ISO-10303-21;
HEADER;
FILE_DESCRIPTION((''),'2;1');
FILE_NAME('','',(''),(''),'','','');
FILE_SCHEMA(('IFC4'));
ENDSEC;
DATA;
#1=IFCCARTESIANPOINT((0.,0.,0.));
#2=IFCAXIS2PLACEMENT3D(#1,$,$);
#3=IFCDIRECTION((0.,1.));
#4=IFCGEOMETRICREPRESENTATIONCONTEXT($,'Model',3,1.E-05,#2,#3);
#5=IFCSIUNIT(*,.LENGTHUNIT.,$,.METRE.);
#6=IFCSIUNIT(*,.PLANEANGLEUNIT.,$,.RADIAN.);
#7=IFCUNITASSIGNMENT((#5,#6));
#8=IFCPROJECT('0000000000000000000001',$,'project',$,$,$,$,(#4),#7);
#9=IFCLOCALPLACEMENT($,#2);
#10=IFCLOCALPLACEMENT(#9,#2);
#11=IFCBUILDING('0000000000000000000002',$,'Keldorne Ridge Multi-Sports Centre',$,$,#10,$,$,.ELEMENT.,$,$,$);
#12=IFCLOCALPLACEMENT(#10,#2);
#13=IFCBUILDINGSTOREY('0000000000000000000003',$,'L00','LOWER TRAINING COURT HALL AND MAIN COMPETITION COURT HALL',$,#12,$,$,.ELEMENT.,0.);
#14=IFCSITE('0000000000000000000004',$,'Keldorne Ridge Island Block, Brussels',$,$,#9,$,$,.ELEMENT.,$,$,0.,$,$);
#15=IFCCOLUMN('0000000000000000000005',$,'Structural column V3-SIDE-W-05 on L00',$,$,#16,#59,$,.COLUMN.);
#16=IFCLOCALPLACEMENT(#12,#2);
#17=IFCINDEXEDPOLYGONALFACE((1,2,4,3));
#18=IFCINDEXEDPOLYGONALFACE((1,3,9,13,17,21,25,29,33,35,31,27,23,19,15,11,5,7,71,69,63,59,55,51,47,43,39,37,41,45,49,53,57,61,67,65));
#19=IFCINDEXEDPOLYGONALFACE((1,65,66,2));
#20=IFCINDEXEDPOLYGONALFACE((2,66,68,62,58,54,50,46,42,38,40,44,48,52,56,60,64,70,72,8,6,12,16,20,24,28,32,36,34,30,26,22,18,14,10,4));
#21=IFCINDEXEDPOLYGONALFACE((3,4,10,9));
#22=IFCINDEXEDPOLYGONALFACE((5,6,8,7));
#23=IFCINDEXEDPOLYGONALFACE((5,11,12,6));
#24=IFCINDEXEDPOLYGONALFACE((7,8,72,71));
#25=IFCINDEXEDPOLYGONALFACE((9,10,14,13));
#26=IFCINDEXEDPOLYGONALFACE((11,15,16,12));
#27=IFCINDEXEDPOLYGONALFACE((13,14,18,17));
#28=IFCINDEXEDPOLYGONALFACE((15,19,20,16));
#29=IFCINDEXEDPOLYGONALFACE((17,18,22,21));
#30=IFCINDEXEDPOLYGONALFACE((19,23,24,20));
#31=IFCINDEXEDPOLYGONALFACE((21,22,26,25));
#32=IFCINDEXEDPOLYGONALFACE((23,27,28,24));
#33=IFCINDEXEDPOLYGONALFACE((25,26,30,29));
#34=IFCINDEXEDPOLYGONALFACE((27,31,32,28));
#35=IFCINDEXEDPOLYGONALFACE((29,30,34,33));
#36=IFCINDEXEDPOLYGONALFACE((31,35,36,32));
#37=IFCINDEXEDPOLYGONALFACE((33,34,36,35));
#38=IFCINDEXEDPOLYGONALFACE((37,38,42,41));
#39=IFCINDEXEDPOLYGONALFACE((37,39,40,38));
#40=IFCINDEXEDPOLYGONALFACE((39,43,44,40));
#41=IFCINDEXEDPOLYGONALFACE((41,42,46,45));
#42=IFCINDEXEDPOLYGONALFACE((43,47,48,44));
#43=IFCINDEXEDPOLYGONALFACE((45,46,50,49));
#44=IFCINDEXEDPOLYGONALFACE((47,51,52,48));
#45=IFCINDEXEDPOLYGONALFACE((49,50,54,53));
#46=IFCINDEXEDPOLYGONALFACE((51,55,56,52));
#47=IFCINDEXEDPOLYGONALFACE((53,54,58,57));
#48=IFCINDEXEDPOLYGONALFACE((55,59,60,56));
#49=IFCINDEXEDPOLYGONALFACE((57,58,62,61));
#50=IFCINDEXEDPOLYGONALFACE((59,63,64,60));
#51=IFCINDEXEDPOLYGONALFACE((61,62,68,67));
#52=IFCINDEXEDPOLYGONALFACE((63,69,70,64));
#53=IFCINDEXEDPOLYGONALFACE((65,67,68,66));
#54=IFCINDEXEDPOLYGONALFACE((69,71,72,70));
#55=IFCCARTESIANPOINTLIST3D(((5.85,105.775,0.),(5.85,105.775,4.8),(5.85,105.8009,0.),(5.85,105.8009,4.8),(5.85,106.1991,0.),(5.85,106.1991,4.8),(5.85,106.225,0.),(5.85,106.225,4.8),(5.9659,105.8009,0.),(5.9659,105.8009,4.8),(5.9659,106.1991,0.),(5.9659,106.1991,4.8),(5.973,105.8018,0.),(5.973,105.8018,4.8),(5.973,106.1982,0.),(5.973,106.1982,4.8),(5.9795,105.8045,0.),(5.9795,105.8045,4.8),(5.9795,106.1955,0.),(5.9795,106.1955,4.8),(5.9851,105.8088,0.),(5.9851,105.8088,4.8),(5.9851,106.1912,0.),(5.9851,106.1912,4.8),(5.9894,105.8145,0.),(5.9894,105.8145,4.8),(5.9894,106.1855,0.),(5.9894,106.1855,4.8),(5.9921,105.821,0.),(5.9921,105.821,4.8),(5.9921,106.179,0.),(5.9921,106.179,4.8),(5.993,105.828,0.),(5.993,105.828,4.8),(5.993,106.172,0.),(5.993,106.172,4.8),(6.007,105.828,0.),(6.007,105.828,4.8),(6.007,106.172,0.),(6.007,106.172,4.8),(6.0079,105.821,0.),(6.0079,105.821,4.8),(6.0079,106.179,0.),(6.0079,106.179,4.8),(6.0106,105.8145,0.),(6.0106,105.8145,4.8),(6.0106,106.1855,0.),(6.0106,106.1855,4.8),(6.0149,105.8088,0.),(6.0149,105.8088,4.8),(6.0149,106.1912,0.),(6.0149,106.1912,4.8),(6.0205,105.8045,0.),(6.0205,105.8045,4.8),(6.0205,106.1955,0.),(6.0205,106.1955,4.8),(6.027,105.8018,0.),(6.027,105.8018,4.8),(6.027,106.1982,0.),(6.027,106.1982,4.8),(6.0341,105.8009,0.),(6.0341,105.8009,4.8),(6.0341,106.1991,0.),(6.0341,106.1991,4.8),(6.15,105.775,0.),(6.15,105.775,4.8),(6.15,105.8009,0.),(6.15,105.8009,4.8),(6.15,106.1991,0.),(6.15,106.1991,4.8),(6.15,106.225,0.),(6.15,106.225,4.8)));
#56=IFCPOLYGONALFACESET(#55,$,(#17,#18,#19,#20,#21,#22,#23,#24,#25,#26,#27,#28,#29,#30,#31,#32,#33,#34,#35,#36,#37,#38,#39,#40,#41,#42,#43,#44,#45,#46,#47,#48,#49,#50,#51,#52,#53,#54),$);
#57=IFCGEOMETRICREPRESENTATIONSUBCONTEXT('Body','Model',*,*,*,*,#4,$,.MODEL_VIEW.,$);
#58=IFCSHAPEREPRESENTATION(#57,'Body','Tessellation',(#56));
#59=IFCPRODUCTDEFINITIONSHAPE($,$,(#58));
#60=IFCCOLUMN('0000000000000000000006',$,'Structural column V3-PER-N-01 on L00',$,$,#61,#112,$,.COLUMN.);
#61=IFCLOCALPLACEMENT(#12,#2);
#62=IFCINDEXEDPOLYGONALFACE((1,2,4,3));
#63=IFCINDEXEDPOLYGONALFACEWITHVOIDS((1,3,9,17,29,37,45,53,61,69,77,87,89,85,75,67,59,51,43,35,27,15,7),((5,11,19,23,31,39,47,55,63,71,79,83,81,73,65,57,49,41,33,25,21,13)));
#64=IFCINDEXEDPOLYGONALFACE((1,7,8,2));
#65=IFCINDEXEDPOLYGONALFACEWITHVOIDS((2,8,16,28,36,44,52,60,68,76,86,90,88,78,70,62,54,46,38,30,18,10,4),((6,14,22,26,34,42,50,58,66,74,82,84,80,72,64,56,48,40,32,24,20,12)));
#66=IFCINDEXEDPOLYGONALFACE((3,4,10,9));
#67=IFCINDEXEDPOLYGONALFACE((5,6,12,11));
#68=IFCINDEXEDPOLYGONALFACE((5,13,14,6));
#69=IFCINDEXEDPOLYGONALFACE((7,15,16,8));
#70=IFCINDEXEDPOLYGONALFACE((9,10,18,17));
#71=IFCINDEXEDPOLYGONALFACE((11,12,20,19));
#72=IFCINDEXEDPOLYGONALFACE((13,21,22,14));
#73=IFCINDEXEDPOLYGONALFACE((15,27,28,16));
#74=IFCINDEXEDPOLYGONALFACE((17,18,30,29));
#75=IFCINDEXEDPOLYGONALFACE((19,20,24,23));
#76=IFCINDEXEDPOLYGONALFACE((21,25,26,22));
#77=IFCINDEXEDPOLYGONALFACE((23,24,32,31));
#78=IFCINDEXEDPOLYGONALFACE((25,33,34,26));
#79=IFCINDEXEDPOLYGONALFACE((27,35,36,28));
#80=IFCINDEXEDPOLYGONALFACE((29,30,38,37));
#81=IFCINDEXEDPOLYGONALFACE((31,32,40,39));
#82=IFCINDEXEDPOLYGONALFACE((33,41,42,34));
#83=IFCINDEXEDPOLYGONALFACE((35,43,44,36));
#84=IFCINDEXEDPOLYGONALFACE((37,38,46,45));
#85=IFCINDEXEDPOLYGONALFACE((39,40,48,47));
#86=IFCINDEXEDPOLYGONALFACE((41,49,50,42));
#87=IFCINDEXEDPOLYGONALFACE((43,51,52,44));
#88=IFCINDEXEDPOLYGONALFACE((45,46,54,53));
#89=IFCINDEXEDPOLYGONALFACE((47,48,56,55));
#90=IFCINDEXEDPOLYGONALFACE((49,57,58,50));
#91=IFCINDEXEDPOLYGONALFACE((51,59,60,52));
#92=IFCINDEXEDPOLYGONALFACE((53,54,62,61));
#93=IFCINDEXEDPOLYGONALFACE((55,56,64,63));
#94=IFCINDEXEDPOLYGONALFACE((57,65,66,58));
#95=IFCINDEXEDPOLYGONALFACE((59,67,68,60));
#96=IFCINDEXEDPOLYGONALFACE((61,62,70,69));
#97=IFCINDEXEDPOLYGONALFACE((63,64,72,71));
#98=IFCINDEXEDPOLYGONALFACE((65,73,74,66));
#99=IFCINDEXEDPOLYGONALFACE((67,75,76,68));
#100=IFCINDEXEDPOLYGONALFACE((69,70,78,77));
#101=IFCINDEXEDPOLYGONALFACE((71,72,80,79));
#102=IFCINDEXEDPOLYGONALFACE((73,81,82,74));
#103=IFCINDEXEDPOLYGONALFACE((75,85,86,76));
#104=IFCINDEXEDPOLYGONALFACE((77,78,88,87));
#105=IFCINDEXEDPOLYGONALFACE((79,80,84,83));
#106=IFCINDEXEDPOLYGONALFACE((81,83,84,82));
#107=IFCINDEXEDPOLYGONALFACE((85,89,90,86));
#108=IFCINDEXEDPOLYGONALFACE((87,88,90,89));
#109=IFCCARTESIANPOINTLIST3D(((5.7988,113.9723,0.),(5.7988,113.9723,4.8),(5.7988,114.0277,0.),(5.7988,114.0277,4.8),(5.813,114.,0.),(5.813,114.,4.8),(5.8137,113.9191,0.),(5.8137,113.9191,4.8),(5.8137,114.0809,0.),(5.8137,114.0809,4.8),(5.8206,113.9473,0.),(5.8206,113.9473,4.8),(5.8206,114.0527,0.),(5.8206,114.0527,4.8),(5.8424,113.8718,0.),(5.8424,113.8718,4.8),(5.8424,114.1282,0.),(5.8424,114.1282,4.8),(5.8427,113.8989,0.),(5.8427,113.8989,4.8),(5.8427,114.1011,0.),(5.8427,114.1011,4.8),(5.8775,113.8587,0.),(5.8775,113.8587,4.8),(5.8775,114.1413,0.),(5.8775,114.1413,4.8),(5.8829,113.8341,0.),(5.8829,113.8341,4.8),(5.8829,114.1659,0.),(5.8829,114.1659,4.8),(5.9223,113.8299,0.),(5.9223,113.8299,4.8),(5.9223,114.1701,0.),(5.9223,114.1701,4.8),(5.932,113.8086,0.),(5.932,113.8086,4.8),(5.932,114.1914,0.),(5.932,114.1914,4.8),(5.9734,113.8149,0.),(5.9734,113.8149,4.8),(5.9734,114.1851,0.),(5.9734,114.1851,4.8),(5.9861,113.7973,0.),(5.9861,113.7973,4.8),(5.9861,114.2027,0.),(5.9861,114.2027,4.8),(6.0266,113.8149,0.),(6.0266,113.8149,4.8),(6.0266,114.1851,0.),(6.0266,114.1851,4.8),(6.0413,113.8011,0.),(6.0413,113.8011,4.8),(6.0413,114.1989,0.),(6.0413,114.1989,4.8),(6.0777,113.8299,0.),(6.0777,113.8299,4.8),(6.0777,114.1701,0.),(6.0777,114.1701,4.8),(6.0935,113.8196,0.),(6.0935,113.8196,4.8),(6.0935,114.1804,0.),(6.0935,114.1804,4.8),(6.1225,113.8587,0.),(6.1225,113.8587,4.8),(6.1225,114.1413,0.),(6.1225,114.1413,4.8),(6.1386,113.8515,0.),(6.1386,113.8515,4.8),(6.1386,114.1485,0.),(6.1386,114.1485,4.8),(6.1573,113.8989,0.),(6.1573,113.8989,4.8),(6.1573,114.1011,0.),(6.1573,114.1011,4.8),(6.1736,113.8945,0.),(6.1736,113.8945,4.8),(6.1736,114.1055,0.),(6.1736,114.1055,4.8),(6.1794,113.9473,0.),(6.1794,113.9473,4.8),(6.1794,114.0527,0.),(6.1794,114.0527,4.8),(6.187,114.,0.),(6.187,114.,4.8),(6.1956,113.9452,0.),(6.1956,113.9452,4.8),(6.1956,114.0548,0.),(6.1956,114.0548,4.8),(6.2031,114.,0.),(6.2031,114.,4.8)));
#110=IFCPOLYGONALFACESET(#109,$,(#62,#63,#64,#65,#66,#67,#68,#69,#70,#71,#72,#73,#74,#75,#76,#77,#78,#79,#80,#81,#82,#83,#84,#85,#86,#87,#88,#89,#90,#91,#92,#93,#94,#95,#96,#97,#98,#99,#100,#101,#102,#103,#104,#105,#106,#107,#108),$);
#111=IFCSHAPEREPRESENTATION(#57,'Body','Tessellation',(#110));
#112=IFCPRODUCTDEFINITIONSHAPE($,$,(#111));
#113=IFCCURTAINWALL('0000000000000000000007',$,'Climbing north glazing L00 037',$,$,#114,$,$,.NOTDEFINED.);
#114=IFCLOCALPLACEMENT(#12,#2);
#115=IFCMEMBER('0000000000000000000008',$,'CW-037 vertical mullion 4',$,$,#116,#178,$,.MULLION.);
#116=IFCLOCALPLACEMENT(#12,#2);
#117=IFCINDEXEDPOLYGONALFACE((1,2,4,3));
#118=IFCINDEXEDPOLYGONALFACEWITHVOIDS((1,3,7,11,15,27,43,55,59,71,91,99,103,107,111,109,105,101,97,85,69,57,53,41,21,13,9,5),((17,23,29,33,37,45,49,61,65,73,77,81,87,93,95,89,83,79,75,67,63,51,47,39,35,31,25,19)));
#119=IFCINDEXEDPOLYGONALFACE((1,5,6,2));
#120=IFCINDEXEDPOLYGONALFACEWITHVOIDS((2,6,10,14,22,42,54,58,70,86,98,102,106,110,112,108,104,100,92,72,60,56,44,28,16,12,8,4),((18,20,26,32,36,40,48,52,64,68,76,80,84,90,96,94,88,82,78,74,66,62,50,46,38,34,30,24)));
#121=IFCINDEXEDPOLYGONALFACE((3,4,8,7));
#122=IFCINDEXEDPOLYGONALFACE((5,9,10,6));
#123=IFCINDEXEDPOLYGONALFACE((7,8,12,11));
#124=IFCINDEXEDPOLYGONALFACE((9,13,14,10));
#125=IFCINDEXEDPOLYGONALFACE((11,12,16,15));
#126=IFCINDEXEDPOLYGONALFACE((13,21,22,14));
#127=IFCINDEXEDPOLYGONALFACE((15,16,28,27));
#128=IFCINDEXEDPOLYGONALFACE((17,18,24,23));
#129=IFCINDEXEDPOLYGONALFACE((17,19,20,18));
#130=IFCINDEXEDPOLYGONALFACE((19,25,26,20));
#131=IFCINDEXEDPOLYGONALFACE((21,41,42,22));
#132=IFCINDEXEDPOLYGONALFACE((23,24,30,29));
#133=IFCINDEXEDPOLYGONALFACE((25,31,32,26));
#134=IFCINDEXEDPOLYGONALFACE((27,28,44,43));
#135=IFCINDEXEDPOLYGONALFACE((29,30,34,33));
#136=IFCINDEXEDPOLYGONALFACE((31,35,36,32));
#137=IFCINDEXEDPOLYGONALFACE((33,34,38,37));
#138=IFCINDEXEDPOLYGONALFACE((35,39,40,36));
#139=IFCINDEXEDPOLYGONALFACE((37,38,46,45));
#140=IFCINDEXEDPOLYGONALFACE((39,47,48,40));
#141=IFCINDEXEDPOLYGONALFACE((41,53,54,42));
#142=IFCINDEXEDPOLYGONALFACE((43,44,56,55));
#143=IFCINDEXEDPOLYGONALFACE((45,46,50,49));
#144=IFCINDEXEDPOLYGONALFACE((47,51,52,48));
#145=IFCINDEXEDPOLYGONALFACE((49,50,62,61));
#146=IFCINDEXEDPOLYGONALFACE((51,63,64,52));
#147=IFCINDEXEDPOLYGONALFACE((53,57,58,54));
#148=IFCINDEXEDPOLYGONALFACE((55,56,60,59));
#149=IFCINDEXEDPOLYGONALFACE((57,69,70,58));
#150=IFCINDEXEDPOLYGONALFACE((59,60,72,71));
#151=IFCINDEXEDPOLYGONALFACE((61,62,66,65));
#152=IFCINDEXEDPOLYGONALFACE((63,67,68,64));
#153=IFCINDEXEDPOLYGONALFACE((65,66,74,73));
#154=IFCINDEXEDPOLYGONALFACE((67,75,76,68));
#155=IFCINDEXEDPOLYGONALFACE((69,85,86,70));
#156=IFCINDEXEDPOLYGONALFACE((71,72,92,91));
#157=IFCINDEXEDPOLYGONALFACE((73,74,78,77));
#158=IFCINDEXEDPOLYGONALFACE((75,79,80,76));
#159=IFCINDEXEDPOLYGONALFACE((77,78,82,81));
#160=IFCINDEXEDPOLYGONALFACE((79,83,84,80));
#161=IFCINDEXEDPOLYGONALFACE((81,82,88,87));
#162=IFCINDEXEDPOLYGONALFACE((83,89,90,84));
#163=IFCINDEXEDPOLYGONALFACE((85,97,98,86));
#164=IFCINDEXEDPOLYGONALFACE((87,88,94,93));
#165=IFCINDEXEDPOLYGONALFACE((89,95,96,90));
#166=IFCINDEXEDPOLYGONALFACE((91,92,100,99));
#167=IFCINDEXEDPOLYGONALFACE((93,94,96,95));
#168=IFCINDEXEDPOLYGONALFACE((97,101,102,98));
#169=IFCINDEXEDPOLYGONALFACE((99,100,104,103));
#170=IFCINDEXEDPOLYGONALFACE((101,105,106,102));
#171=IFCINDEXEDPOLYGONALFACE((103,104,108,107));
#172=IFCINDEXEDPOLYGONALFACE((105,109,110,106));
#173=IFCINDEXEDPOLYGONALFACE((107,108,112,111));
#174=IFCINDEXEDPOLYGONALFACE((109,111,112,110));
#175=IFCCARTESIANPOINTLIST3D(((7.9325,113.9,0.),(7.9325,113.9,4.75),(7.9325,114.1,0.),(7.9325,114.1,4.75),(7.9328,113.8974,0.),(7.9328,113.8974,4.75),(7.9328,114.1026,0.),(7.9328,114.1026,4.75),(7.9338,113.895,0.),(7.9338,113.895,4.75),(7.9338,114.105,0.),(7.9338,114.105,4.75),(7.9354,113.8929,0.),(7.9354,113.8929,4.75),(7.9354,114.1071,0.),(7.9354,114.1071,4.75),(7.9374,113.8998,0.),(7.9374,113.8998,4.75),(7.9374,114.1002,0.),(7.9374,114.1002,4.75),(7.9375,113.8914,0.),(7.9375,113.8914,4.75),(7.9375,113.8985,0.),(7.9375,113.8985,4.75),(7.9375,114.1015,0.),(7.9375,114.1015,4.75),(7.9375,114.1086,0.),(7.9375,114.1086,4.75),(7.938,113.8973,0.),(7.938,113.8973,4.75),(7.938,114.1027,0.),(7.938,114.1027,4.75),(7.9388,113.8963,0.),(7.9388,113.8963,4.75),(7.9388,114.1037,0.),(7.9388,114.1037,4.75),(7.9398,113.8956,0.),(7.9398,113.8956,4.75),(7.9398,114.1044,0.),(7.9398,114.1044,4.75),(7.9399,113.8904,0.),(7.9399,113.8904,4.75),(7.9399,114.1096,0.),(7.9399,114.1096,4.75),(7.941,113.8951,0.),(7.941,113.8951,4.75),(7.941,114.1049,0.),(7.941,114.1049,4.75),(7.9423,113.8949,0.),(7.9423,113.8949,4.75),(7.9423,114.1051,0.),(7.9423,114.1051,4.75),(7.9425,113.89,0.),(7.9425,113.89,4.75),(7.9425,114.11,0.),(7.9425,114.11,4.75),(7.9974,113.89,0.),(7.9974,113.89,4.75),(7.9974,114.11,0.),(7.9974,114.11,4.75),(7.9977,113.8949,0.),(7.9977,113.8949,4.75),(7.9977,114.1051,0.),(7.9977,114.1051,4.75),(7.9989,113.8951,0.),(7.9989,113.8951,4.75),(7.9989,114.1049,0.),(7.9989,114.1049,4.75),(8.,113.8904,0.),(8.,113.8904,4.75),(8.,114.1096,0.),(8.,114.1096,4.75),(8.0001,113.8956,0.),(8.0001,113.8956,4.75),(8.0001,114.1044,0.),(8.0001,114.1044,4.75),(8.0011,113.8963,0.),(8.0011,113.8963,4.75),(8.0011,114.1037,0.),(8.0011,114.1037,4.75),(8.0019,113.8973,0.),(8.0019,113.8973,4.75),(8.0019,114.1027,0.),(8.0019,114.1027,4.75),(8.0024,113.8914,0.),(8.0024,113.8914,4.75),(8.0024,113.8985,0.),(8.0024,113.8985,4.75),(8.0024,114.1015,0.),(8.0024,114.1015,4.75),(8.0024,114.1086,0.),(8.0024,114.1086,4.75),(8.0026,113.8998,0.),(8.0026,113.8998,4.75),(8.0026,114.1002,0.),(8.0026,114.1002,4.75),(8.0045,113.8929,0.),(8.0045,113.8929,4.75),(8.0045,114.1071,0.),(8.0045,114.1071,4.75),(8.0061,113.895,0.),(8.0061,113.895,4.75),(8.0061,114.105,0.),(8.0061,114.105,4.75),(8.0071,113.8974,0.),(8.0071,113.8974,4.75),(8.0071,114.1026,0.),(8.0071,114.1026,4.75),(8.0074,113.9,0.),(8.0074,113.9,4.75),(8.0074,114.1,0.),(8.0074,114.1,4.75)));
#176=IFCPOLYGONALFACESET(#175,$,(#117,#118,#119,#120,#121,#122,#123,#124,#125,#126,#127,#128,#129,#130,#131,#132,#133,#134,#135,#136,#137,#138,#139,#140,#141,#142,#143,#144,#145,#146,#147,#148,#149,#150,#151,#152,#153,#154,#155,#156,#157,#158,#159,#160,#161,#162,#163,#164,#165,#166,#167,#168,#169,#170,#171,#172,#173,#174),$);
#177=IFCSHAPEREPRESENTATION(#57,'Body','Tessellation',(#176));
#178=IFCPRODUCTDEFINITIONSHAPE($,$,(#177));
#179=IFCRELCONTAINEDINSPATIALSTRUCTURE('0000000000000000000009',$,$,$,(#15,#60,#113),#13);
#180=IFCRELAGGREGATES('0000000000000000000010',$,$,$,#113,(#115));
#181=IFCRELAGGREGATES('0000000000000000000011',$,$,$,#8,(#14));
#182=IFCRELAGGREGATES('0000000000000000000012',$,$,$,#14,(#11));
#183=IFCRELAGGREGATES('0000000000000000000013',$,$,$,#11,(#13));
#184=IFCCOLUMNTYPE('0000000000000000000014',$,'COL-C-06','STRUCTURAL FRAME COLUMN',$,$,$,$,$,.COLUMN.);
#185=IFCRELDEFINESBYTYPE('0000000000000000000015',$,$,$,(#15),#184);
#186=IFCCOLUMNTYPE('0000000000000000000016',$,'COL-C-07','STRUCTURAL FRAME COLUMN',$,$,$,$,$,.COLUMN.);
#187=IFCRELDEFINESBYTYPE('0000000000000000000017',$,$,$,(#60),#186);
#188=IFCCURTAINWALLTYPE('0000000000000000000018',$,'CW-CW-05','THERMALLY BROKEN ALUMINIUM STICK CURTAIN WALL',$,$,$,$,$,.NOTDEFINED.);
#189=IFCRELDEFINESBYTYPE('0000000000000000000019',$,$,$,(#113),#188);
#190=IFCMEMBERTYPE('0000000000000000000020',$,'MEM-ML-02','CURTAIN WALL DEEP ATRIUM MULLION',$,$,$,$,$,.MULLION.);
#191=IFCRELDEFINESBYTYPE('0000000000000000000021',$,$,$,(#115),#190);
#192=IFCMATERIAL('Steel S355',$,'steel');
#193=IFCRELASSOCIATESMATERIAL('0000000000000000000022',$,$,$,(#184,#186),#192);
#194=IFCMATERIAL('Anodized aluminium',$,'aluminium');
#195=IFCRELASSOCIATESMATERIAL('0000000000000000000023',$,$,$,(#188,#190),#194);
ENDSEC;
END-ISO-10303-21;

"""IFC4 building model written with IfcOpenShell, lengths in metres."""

from ifc_helpers import new_model, si_unit, direction, frame, origin, origin_2d, place, context, subcontext, project, spatial, hollow_rectangle, hollow_circle, i_section, extrude, material, material_profile, profile_set, type_object, element, aggregate, save


model = new_model("IFC4")

# Units and contexts
model_context = context("Model", 3, precision=1e-05, world=origin(), true_north=direction((0.0, 1.0)))
body_context = subcontext(model_context, "Body", "Model", "MODEL_VIEW")
ifc_project = project(units=[si_unit("LENGTHUNIT", "METRE"), si_unit("PLANEANGLEUNIT", "RADIAN")], contexts=[model_context])

# Site, building, storey
site_placement = place(None, origin())
site = spatial("IfcSite", under=ifc_project, at=site_placement, Name="Keldorne Ridge Island Block, Brussels", CompositionType="ELEMENT", RefElevation=0.0)
building_placement = place(site_placement, origin())
building = spatial("IfcBuilding", under=site, at=building_placement, Name="Keldorne Ridge Multi-Sports Centre", CompositionType="ELEMENT")
storey_placement = place(building_placement, origin())
storey = spatial("IfcBuildingStorey", under=building, at=storey_placement, Name="L00", Description="LOWER TRAINING COURT HALL AND MAIN COMPETITION COURT HALL", CompositionType="ELEMENT", Elevation=0.0)

# Columns
ifc_material_1 = material(Name="Steel S355", Category="steel")
ifc_material_profile_1 = material_profile(ifc_material_1, i_section(OverallWidth=0.3, OverallDepth=0.45, WebThickness=0.0139, FlangeThickness=0.0259, FilletRadius=0.0271, at=origin_2d()), Name="HEB 450")
ifc_profile_set_1 = profile_set([ifc_material_profile_1], Name="Steel S355")
column_type_1 = type_object("IfcColumnType", Name="COL-C-06", Description="STRUCTURAL FRAME COLUMN", PredefinedType="COLUMN", material=ifc_profile_set_1)
for number, where, z_axis, x_axis, name in (
    (1, (6.0, 106.0, 0.0), (0.0, 0.0, 1.0), (1.0, 0.0, 0.0), "Structural column V3-SIDE-W-05 on L00"),
):
    element("IfcColumn", number, at=place(storey_placement, frame(where, z_axis=z_axis, x_axis=x_axis)), inside=storey, type_object=column_type_1, Name=name, PredefinedType="COLUMN", context=body_context, shape_type="SweptSolid", body=[
        extrude(i_section(OverallWidth=0.3, OverallDepth=0.45, WebThickness=0.0139, FlangeThickness=0.0259, FilletRadius=0.0271, at=origin_2d()), origin(), (0.0, 0.0, 1.0), 4.8),
    ])
ifc_material_profile_2 = material_profile(ifc_material_1, hollow_circle(Radius=0.2031, WallThickness=0.0161, at=origin_2d()), Name="CHS 406.4x16")
ifc_profile_set_2 = profile_set([ifc_material_profile_2], Name="Steel S355")
column_type_2 = type_object("IfcColumnType", Name="COL-C-07", Description="STRUCTURAL FRAME COLUMN", PredefinedType="COLUMN", material=ifc_profile_set_2)
column_placement = place(storey_placement, frame((6.0, 114.0, 0.0), z_axis=(0.0, 0.0, 1.0), x_axis=(1.0, 0.0, 0.0)))
element("IfcColumn", 2, at=column_placement, inside=storey, type_object=column_type_2, Name="Structural column V3-PER-N-01 on L00", PredefinedType="COLUMN", context=body_context, shape_type="SweptSolid", body=[
    extrude(hollow_circle(Radius=0.2031, WallThickness=0.0161, at=origin_2d()), origin(), (0.0, 0.0, 1.0), 4.8),
])

# Curtain wall, member
ifc_material_2 = material(Name="Anodized aluminium", Category="aluminium")
curtain_wall_type = type_object("IfcCurtainWallType", Name="CW-CW-05", Description="THERMALLY BROKEN ALUMINIUM STICK CURTAIN WALL", PredefinedType="NOTDEFINED", material=ifc_material_2)
curtain_wall_placement = place(storey_placement, origin())
curtain_wall = element("IfcCurtainWall", 3, at=curtain_wall_placement, inside=storey, type_object=curtain_wall_type, Name="Climbing north glazing L00 037", PredefinedType="NOTDEFINED")
ifc_material_profile_3 = material_profile(ifc_material_2, hollow_rectangle(XDim=0.075, YDim=0.22, WallThickness=0.0049, InnerFilletRadius=0.0049, OuterFilletRadius=0.01, at=origin_2d()), Name="ALU MULLION 220x75x5")
ifc_profile_set_3 = profile_set([ifc_material_profile_3], Name="Anodized aluminium")
member_type_1 = type_object("IfcMemberType", Name="MEM-ML-02", Description="CURTAIN WALL DEEP ATRIUM MULLION", PredefinedType="MULLION", material=ifc_profile_set_3)
member_1_placement = place(storey_placement, frame((7.97, 114.0, 0.0), z_axis=(0.0, 0.0, 1.0), x_axis=(1.0, 0.0, 0.0)))
member_1 = element("IfcMember", 4, at=member_1_placement, type_object=member_type_1, Name="CW-037 vertical mullion 4", PredefinedType="MULLION", context=body_context, shape_type="SweptSolid", body=[
    extrude(hollow_rectangle(XDim=0.075, YDim=0.22, WallThickness=0.0049, InnerFilletRadius=0.0049, OuterFilletRadius=0.01, at=origin_2d()), origin(), (0.0, 0.0, 1.0), 4.75),
])

aggregate(curtain_wall, [member_1])

save(model, "model.ifc")
